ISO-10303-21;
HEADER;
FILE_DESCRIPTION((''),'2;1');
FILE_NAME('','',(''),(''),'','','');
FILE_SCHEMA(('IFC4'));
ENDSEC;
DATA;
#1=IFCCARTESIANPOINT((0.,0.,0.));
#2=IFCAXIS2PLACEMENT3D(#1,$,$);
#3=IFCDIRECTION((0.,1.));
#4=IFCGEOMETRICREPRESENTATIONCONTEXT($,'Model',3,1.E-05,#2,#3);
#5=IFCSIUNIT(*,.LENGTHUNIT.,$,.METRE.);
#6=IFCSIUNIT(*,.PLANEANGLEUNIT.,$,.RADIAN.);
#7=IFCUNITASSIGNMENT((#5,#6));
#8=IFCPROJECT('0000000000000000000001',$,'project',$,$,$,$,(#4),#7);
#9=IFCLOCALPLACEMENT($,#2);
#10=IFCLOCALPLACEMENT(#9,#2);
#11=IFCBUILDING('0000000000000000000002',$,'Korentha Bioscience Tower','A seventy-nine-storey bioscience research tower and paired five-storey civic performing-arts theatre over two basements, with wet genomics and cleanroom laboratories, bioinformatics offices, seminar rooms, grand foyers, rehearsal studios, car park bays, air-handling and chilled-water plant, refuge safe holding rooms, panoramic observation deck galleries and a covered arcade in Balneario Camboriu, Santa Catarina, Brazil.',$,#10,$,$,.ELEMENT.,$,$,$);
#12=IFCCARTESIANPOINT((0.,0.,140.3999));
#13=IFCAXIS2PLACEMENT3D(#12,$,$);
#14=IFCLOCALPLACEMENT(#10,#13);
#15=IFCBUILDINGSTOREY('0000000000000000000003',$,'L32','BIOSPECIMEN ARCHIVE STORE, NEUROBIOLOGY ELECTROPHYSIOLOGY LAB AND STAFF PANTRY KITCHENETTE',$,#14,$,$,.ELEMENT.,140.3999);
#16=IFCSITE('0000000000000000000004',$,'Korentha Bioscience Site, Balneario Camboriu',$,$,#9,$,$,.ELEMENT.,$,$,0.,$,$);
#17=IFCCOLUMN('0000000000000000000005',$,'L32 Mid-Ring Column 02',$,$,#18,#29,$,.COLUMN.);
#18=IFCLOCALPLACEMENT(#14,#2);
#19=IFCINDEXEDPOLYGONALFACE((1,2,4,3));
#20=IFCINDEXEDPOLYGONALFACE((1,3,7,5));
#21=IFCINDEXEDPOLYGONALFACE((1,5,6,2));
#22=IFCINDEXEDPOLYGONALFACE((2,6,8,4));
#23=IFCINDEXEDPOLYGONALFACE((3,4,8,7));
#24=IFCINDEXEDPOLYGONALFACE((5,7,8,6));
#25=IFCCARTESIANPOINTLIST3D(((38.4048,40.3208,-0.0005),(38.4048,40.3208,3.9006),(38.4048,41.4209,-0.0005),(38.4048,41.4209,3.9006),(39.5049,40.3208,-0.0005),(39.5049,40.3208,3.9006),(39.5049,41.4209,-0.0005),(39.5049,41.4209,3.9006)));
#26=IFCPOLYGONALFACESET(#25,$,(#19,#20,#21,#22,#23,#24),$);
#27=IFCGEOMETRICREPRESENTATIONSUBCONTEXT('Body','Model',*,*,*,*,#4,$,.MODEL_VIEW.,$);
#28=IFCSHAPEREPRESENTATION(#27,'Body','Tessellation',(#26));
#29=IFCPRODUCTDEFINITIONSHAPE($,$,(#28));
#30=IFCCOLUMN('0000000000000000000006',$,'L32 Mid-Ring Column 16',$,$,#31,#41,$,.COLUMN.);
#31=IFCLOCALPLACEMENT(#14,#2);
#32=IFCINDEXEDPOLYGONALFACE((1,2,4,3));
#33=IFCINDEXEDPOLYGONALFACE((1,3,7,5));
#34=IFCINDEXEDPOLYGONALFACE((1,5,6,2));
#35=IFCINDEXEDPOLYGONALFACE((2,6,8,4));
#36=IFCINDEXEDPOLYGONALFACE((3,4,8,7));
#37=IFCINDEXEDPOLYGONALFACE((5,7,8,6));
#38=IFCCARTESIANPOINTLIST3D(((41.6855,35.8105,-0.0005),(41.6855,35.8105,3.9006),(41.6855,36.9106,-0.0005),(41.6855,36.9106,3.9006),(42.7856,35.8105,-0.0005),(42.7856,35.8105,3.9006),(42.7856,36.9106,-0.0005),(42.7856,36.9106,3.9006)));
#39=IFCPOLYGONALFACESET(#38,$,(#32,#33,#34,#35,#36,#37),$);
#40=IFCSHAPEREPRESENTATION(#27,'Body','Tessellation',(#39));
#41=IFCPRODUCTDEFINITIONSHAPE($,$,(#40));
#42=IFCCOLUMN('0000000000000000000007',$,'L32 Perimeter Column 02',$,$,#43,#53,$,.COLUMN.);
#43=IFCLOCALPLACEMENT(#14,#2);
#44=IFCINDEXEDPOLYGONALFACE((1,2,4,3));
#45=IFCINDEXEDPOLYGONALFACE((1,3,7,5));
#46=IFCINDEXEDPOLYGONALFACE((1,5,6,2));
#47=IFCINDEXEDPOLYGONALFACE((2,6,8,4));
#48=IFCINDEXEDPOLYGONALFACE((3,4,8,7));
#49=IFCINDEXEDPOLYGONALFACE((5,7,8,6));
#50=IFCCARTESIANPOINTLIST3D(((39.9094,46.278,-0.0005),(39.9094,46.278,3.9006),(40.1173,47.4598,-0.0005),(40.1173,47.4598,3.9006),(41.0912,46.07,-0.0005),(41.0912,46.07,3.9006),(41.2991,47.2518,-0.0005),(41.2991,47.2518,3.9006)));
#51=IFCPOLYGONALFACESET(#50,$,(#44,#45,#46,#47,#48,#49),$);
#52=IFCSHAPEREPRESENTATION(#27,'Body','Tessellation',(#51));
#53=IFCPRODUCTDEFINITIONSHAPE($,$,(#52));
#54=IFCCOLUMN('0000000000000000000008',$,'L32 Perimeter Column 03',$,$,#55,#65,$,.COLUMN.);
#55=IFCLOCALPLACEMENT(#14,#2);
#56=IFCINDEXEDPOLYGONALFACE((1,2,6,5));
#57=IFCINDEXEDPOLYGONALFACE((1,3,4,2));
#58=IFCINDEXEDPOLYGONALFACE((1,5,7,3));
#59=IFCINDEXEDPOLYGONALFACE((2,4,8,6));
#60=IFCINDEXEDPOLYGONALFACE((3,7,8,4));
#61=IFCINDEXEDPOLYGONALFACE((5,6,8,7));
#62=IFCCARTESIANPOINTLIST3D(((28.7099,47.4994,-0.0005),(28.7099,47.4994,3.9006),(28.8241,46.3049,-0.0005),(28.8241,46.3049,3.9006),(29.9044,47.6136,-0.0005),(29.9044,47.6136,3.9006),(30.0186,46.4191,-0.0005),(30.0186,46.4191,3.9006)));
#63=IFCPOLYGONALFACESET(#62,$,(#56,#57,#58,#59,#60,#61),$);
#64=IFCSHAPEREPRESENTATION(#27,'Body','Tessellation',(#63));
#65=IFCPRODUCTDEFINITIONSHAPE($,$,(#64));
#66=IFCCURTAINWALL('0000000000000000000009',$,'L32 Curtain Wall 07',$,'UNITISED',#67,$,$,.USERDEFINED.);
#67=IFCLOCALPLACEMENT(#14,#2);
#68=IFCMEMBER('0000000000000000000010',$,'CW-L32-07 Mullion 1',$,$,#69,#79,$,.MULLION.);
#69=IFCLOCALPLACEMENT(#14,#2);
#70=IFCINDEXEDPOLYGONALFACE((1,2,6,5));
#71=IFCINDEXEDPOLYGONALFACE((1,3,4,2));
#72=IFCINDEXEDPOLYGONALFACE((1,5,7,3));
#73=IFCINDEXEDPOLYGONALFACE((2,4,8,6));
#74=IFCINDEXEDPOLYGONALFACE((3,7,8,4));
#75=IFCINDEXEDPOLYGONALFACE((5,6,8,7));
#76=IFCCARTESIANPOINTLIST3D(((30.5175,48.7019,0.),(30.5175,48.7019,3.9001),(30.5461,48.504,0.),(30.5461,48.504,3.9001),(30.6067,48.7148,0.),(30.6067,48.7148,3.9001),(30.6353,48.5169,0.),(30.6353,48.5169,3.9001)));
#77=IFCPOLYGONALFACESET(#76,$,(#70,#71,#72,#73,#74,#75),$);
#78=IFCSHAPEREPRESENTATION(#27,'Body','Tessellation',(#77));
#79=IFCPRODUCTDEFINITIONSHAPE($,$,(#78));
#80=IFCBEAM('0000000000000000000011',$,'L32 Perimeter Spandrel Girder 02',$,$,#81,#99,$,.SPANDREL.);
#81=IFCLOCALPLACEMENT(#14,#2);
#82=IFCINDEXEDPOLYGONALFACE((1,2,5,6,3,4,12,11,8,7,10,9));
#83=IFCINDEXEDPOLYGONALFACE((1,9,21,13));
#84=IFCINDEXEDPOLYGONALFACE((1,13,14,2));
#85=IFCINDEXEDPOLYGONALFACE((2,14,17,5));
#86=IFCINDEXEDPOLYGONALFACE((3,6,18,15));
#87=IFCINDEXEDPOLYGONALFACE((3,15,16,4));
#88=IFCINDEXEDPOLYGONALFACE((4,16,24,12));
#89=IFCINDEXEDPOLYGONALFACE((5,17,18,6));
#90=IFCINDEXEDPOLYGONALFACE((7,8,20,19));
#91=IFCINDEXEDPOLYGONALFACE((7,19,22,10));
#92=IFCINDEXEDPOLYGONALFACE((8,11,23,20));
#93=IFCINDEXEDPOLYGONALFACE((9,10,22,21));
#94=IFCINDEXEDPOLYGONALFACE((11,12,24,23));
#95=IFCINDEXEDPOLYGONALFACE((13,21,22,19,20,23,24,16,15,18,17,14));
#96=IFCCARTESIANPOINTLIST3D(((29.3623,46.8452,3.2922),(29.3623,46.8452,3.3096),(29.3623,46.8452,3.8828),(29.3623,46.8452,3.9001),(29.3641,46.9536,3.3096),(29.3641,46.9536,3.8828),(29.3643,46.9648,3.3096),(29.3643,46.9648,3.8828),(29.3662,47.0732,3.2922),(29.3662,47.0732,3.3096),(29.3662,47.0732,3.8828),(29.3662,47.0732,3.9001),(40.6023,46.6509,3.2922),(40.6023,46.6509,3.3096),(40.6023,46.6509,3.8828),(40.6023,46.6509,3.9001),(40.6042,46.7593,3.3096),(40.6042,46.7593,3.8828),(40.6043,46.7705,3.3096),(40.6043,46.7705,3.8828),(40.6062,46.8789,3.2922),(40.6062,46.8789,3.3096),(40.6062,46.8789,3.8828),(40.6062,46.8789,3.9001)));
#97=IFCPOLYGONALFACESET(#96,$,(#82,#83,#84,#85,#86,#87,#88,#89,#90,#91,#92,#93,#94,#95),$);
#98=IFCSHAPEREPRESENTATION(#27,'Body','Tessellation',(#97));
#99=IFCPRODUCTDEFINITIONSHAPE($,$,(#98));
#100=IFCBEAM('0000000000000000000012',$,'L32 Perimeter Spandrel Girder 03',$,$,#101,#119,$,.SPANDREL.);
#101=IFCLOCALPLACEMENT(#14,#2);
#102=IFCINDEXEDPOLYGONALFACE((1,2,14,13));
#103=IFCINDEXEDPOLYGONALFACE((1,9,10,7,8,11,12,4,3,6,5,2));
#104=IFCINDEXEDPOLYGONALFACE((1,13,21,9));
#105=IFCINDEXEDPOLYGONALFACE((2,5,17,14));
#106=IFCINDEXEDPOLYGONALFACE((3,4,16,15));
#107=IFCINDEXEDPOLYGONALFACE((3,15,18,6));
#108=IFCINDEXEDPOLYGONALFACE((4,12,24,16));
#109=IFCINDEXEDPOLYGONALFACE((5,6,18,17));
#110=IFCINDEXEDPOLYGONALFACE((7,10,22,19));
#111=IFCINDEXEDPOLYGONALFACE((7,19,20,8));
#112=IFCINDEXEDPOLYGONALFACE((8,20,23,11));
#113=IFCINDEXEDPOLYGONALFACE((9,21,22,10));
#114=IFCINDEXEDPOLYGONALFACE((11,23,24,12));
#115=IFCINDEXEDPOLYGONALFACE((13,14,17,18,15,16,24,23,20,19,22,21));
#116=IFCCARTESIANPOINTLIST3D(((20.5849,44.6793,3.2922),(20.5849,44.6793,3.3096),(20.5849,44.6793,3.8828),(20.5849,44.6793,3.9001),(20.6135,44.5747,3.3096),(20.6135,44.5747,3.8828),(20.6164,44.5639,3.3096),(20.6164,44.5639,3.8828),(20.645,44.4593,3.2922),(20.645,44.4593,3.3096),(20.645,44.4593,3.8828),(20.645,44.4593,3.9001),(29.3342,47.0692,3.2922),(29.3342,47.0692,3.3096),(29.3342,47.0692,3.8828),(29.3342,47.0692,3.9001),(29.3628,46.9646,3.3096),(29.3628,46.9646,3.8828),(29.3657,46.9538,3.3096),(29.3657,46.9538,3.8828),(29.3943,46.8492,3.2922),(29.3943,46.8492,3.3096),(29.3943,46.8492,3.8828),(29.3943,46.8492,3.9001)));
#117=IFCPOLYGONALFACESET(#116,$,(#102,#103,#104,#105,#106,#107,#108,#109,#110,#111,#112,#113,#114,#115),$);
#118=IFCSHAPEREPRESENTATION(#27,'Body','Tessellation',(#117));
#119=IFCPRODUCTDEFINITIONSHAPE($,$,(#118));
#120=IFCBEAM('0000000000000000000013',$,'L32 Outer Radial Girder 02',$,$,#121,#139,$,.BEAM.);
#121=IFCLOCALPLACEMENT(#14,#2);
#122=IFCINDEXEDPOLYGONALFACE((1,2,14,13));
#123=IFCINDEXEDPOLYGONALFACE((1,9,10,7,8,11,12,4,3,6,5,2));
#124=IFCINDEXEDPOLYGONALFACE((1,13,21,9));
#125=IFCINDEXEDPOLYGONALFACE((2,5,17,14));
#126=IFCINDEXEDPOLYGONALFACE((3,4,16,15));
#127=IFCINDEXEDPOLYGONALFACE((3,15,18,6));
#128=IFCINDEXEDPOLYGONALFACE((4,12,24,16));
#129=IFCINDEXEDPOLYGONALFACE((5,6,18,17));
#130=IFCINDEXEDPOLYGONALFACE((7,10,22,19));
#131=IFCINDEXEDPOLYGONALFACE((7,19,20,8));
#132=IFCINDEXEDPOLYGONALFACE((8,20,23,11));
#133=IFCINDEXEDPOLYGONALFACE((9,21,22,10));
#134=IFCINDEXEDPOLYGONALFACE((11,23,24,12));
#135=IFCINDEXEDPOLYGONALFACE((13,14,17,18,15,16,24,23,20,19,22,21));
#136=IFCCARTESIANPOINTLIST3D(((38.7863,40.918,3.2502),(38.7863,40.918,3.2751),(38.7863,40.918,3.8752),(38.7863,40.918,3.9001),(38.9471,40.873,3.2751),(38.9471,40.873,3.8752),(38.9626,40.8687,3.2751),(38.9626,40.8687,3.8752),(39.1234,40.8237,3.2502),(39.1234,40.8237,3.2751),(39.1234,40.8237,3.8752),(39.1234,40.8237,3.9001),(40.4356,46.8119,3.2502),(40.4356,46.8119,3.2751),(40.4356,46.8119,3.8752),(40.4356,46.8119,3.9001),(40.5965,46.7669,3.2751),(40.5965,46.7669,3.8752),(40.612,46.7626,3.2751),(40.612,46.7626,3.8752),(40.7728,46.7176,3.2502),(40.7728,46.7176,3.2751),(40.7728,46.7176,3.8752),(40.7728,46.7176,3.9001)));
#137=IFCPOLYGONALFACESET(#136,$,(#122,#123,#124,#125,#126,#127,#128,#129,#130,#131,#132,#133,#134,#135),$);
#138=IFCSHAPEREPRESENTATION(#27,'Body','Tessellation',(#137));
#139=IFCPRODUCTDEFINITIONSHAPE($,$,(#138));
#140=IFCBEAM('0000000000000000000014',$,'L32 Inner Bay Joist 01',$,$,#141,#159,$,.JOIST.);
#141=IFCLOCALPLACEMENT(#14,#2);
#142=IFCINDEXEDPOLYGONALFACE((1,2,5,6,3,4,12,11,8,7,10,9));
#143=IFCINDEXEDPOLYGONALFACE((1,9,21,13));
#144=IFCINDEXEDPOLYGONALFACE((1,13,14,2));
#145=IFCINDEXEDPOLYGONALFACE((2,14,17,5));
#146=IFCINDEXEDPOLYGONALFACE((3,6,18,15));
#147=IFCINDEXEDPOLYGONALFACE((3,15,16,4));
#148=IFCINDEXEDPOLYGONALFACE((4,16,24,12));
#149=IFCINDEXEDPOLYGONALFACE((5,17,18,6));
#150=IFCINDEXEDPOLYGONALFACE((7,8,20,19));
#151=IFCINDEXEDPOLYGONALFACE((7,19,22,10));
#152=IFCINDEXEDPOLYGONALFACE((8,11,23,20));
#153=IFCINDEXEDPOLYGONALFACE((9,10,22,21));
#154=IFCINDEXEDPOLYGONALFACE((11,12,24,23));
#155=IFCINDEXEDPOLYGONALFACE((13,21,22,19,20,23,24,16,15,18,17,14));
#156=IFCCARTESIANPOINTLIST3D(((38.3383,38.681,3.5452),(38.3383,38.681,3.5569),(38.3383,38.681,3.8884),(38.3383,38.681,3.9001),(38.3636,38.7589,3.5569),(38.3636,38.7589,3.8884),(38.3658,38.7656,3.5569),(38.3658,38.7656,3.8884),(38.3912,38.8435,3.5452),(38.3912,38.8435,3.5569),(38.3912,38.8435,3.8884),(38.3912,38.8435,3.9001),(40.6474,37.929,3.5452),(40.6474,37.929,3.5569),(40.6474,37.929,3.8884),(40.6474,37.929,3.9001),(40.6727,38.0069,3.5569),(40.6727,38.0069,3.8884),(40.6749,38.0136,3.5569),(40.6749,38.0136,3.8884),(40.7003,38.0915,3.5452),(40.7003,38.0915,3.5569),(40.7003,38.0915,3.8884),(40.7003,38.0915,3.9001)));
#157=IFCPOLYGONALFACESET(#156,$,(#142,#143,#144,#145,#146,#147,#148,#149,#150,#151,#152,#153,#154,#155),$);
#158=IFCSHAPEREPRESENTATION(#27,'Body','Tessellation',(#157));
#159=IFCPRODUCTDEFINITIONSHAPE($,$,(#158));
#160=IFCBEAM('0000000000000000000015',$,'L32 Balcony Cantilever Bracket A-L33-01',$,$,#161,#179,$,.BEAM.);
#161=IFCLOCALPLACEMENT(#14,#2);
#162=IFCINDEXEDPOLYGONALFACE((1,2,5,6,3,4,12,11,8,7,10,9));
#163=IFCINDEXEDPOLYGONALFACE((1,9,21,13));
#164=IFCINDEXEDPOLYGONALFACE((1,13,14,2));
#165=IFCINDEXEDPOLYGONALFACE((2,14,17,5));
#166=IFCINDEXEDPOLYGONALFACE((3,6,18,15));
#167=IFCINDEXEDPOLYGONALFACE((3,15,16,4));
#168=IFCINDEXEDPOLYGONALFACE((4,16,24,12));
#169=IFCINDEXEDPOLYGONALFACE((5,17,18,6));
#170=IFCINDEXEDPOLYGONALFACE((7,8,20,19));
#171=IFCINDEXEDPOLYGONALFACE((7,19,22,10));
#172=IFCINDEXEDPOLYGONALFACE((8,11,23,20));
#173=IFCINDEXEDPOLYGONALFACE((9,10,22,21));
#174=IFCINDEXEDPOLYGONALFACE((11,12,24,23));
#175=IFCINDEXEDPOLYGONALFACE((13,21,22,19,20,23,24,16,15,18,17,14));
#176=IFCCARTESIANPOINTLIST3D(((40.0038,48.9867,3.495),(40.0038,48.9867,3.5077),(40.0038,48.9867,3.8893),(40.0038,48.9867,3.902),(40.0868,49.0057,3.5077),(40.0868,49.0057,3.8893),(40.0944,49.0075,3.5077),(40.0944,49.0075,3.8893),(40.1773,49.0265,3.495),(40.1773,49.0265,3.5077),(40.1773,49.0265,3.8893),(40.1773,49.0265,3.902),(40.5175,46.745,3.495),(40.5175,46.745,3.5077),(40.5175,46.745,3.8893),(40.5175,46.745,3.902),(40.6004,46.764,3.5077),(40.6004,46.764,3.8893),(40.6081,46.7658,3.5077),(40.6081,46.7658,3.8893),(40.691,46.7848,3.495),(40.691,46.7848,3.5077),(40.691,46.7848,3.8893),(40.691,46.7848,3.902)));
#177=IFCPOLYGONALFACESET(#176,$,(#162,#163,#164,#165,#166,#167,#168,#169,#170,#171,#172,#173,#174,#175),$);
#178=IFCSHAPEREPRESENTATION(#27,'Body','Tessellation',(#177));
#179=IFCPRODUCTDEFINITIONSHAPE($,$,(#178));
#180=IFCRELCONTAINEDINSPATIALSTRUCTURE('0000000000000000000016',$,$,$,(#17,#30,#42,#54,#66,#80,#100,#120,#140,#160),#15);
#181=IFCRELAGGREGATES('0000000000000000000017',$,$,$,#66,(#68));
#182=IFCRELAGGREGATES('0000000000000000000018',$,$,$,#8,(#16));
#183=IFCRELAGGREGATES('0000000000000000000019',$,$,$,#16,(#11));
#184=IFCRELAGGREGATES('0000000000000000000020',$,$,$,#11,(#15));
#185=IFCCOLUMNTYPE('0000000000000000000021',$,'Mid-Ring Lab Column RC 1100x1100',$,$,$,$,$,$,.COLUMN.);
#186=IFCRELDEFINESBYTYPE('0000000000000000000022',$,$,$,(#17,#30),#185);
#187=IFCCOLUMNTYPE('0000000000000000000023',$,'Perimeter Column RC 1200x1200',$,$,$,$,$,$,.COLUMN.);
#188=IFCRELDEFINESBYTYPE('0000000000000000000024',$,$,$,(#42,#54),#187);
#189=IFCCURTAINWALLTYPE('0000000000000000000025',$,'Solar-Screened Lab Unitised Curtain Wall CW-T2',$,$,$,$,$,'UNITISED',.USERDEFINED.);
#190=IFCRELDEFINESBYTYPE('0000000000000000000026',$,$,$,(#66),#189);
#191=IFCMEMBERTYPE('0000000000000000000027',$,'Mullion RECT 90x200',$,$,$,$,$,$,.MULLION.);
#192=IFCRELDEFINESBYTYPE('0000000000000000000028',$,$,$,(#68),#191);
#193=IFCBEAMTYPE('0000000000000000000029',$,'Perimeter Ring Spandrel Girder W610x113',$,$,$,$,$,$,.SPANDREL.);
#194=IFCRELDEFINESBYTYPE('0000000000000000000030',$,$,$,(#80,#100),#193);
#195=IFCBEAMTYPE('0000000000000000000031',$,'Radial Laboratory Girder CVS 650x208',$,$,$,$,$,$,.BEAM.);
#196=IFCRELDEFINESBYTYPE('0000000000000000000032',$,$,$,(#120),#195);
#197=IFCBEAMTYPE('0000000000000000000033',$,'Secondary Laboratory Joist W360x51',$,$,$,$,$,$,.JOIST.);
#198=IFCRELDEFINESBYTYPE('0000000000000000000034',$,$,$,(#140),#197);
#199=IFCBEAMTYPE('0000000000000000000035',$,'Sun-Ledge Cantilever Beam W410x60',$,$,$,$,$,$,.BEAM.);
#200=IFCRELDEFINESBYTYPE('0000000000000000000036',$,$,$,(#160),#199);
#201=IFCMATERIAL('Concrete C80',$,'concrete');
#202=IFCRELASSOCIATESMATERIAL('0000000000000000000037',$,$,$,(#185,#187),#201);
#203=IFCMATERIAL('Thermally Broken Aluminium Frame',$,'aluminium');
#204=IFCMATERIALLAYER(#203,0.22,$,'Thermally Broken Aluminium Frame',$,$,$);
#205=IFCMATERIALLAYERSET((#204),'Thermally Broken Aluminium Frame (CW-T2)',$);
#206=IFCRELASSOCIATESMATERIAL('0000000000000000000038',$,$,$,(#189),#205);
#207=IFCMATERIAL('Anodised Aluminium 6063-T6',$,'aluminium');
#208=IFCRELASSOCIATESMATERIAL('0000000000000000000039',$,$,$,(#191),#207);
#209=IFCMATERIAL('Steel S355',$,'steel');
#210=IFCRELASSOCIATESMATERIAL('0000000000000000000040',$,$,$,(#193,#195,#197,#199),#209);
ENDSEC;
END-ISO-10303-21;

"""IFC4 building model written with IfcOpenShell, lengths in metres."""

from ifc_helpers import new_model, si_unit, direction, frame, origin, origin_2d, place, context, subcontext, project, spatial, rectangle, i_section, extrude, material, layer, layer_set, material_profile, profile_set, type_object, element, aggregate, save


model = new_model("IFC4")

# Units and contexts
model_context = context("Model", 3, precision=1e-05, world=origin(), true_north=direction((0.0, 1.0)))
body_context = subcontext(model_context, "Body", "Model", "MODEL_VIEW")
ifc_project = project(units=[si_unit("LENGTHUNIT", "METRE"), si_unit("PLANEANGLEUNIT", "RADIAN")], contexts=[model_context])

# Site, building, storey
site_placement = place(None, origin())
site = spatial("IfcSite", under=ifc_project, at=site_placement, Name="Korentha Bioscience Site, Balneario Camboriu", CompositionType="ELEMENT", RefElevation=0.0)
building_placement = place(site_placement, origin())
building = spatial("IfcBuilding", under=site, at=building_placement, Name="Korentha Bioscience Tower", Description="A seventy-nine-storey bioscience research tower and paired five-storey civic performing-arts theatre over two basements, with wet genomics and cleanroom laboratories, bioinformatics offices, seminar rooms, grand foyers, rehearsal studios, car park bays, air-handling and chilled-water plant, refuge safe holding rooms, panoramic observation deck galleries and a covered arcade in Balneario Camboriu, Santa Catarina, Brazil.", CompositionType="ELEMENT")
storey_placement = place(building_placement, frame((0.0, 0.0, 140.3999)))
storey = spatial("IfcBuildingStorey", under=building, at=storey_placement, Name="L32", Description="BIOSPECIMEN ARCHIVE STORE, NEUROBIOLOGY ELECTROPHYSIOLOGY LAB AND STAFF PANTRY KITCHENETTE", CompositionType="ELEMENT", Elevation=140.3999)

# Columns
ifc_material_1 = material(Name="Concrete C80", Category="concrete")
ifc_material_profile_1 = material_profile(ifc_material_1, rectangle(XDim=1.1001, YDim=1.1001, at=origin_2d()), Name="Concrete C80")
ifc_profile_set_1 = profile_set([ifc_material_profile_1], Name="Concrete C80 (COL-MR11)")
column_type_1 = type_object("IfcColumnType", Name="Mid-Ring Lab Column RC 1100x1100", PredefinedType="COLUMN", material=ifc_profile_set_1)
for number, where, z_axis, x_axis, name in (
    (1, (38.9548, 40.8708, -0.0005), (0.0, 0.0, 1.0), (1.0, 0.0, 0.0), "L32 Mid-Ring Column 02"),
    (2, (42.2356, 36.3606, -0.0005), (0.0, 0.0, 1.0), (1.0, 0.0, 0.0), "L32 Mid-Ring Column 16"),
):
    element("IfcColumn", number, at=place(storey_placement, frame(where, z_axis=z_axis, x_axis=x_axis)), inside=storey, type_object=column_type_1, Name=name, PredefinedType="COLUMN", context=body_context, shape_type="SweptSolid", body=[
        extrude(rectangle(XDim=1.1001, YDim=1.1001, at=origin_2d()), origin(), (0.0, 0.0, 1.0), 3.9011),
    ])
ifc_material_profile_2 = material_profile(ifc_material_1, rectangle(XDim=1.2, YDim=1.2, at=origin_2d()), Name="Concrete C80")
ifc_profile_set_2 = profile_set([ifc_material_profile_2], Name="Concrete C80 (COL-P12)")
column_type_2 = type_object("IfcColumnType", Name="Perimeter Column RC 1200x1200", PredefinedType="COLUMN", material=ifc_profile_set_2)
for number, where, z_axis, x_axis, name in (
    (3, (40.6042, 46.7649, -0.0005), (0.0, 0.0, 1.0), (-0.984868, 0.173304, 0.0), "L32 Perimeter Column 02"),
    (4, (29.3643, 46.9592, -0.0005), (0.0, 0.0, 1.0), (0.995463, 0.095151, 0.0), "L32 Perimeter Column 03"),
):
    element("IfcColumn", number, at=place(storey_placement, frame(where, z_axis=z_axis, x_axis=x_axis)), inside=storey, type_object=column_type_2, Name=name, PredefinedType="COLUMN", context=body_context, shape_type="SweptSolid", body=[
        extrude(rectangle(XDim=1.2, YDim=1.2, at=origin_2d()), origin(), (0.0, 0.0, 1.0), 3.9011),
    ])

# Curtain wall, member
ifc_material_2 = material(Name="Thermally Broken Aluminium Frame", Category="aluminium")
ifc_layer_1 = layer(ifc_material_2, 0.22, Name="Thermally Broken Aluminium Frame")
ifc_layer_set_1 = layer_set([ifc_layer_1], Name="Thermally Broken Aluminium Frame (CW-T2)")
curtain_wall_type = type_object("IfcCurtainWallType", Name="Solar-Screened Lab Unitised Curtain Wall CW-T2", ElementType="UNITISED", PredefinedType="USERDEFINED", material=ifc_layer_set_1)
curtain_wall_placement = place(storey_placement, origin())
curtain_wall = element("IfcCurtainWall", 5, at=curtain_wall_placement, inside=storey, type_object=curtain_wall_type, Name="L32 Curtain Wall 07", ObjectType="UNITISED", PredefinedType="USERDEFINED")
ifc_material_3 = material(Name="Anodised Aluminium 6063-T6", Category="aluminium")
ifc_material_profile_3 = material_profile(ifc_material_3, rectangle(XDim=0.0901, YDim=0.2, at=origin_2d()), Name="Anodised Aluminium 6063-T6")
ifc_profile_set_3 = profile_set([ifc_material_profile_3], Name="Anodised Aluminium 6063-T6 (CW-MUL)")
member_type_1 = type_object("IfcMemberType", Name="Mullion RECT 90x200", PredefinedType="MULLION", material=ifc_profile_set_3)
member_1_placement = place(storey_placement, frame((30.5764, 48.6094, 0.0), z_axis=(0.0, 0.0, 1.0), x_axis=(-0.989738, -0.142892, 0.0)))
member_1 = element("IfcMember", 6, at=member_1_placement, type_object=member_type_1, Name="CW-L32-07 Mullion 1", PredefinedType="MULLION", context=body_context, shape_type="SweptSolid", body=[
    extrude(rectangle(XDim=0.0901, YDim=0.2, at=origin_2d()), origin(), (0.0, 0.0, 1.0), 3.9001),
])

# Beams
ifc_material_4 = material(Name="Steel S355", Category="steel")
ifc_material_profile_4 = material_profile(ifc_material_4, i_section(OverallWidth=0.228, OverallDepth=0.6079, WebThickness=0.0112, FlangeThickness=0.0173, at=origin_2d()), Name="Steel S355")
ifc_profile_set_4 = profile_set([ifc_material_profile_4], Name="Steel S355 (SB-610)")
beam_type_1 = type_object("IfcBeamType", Name="Perimeter Ring Spandrel Girder W610x113", PredefinedType="SPANDREL", material=ifc_profile_set_4)
beam_1_placement = place(storey_placement, frame((40.6042, 46.7649, 3.5962), z_axis=(-0.999851, 0.017287, 0.0), x_axis=(-0.017287, -0.999851, 0.0)))
element("IfcBeam", 7, at=beam_1_placement, inside=storey, type_object=beam_type_1, Name="L32 Perimeter Spandrel Girder 02", PredefinedType="SPANDREL", context=body_context, shape_type="SweptSolid", body=[
    extrude(i_section(OverallWidth=0.228, OverallDepth=0.6079, WebThickness=0.0112, FlangeThickness=0.0173, at=origin_2d()), origin(), (0.0, 0.0, 1.0), 11.2417),
])
beam_2_placement = place(storey_placement, frame((29.3643, 46.9592, 3.5962), z_axis=(-0.964659, -0.2635, 0.0), x_axis=(0.2635, -0.964659, 0.0)))
element("IfcBeam", 8, at=beam_2_placement, inside=storey, type_object=beam_type_1, Name="L32 Perimeter Spandrel Girder 03", PredefinedType="SPANDREL", context=body_context, shape_type="SweptSolid", body=[
    extrude(i_section(OverallWidth=0.228, OverallDepth=0.6079, WebThickness=0.0112, FlangeThickness=0.0173, at=origin_2d()), origin(), (0.0, 0.0, 1.0), 9.0698),
])
ifc_material_profile_5 = material_profile(ifc_material_4, i_section(OverallWidth=0.3501, OverallDepth=0.6499, WebThickness=0.0161, FlangeThickness=0.0249, at=origin_2d()), Name="Steel S355")
ifc_profile_set_5 = profile_set([ifc_material_profile_5], Name="Steel S355 (RB-650)")
beam_type_2 = type_object("IfcBeamType", Name="Radial Laboratory Girder CVS 650x208", PredefinedType="BEAM", material=ifc_profile_set_5)
beam_3_placement = place(storey_placement, frame((38.9548, 40.8708, 3.5752), z_axis=(0.269491, 0.963003, 0.0), x_axis=(-0.963003, 0.269491, 0.0)))
element("IfcBeam", 9, at=beam_3_placement, inside=storey, type_object=beam_type_2, Name="L32 Outer Radial Girder 02", PredefinedType="BEAM", context=body_context, shape_type="SweptSolid", body=[
    extrude(i_section(OverallWidth=0.3501, OverallDepth=0.6499, WebThickness=0.0161, FlangeThickness=0.0249, at=origin_2d()), origin(), (0.0, 0.0, 1.0), 6.1204),
])
ifc_material_profile_6 = material_profile(ifc_material_4, i_section(OverallWidth=0.1709, OverallDepth=0.355, WebThickness=0.0071, FlangeThickness=0.0117, at=origin_2d()), Name="Steel S355")
ifc_profile_set_6 = profile_set([ifc_material_profile_6], Name="Steel S355 (JB-360)")
beam_type_3 = type_object("IfcBeamType", Name="Secondary Laboratory Joist W360x51", PredefinedType="JOIST", material=ifc_profile_set_6)
beam_4_placement = place(storey_placement, frame((40.6738, 38.0103, 3.7227), z_axis=(-0.950852, 0.309645, 0.0), x_axis=(-0.309645, -0.950852, 0.0)))
element("IfcBeam", 10, at=beam_4_placement, inside=storey, type_object=beam_type_3, Name="L32 Inner Bay Joist 01", PredefinedType="JOIST", context=body_context, shape_type="SweptSolid", body=[
    extrude(i_section(OverallWidth=0.1709, OverallDepth=0.355, WebThickness=0.0071, FlangeThickness=0.0117, at=origin_2d()), origin(), (0.0, 0.0, 1.0), 2.4285),
])
ifc_material_profile_7 = material_profile(ifc_material_4, i_section(OverallWidth=0.178, OverallDepth=0.407, WebThickness=0.0078, FlangeThickness=0.0127, at=origin_2d()), Name="Steel S355")
ifc_profile_set_7 = profile_set([ifc_material_profile_7], Name="Steel S355 (CB-410)")
beam_type_4 = type_object("IfcBeamType", Name="Sun-Ledge Cantilever Beam W410x60", PredefinedType="BEAM", material=ifc_profile_set_7)
beam_5_placement = place(storey_placement, frame((40.6042, 46.7649, 3.6985), z_axis=(-0.223355, 0.974737, 0.0), x_axis=(-0.974737, -0.223355, 0.0)))
element("IfcBeam", 11, at=beam_5_placement, inside=storey, type_object=beam_type_4, Name="L32 Balcony Cantilever Bracket A-L33-01", PredefinedType="BEAM", context=body_context, shape_type="SweptSolid", body=[
    extrude(i_section(OverallWidth=0.178, OverallDepth=0.407, WebThickness=0.0078, FlangeThickness=0.0127, at=origin_2d()), origin(), (0.0, 0.0, 1.0), 2.2998),
])

aggregate(curtain_wall, [member_1])

save(model, "model.ifc")
